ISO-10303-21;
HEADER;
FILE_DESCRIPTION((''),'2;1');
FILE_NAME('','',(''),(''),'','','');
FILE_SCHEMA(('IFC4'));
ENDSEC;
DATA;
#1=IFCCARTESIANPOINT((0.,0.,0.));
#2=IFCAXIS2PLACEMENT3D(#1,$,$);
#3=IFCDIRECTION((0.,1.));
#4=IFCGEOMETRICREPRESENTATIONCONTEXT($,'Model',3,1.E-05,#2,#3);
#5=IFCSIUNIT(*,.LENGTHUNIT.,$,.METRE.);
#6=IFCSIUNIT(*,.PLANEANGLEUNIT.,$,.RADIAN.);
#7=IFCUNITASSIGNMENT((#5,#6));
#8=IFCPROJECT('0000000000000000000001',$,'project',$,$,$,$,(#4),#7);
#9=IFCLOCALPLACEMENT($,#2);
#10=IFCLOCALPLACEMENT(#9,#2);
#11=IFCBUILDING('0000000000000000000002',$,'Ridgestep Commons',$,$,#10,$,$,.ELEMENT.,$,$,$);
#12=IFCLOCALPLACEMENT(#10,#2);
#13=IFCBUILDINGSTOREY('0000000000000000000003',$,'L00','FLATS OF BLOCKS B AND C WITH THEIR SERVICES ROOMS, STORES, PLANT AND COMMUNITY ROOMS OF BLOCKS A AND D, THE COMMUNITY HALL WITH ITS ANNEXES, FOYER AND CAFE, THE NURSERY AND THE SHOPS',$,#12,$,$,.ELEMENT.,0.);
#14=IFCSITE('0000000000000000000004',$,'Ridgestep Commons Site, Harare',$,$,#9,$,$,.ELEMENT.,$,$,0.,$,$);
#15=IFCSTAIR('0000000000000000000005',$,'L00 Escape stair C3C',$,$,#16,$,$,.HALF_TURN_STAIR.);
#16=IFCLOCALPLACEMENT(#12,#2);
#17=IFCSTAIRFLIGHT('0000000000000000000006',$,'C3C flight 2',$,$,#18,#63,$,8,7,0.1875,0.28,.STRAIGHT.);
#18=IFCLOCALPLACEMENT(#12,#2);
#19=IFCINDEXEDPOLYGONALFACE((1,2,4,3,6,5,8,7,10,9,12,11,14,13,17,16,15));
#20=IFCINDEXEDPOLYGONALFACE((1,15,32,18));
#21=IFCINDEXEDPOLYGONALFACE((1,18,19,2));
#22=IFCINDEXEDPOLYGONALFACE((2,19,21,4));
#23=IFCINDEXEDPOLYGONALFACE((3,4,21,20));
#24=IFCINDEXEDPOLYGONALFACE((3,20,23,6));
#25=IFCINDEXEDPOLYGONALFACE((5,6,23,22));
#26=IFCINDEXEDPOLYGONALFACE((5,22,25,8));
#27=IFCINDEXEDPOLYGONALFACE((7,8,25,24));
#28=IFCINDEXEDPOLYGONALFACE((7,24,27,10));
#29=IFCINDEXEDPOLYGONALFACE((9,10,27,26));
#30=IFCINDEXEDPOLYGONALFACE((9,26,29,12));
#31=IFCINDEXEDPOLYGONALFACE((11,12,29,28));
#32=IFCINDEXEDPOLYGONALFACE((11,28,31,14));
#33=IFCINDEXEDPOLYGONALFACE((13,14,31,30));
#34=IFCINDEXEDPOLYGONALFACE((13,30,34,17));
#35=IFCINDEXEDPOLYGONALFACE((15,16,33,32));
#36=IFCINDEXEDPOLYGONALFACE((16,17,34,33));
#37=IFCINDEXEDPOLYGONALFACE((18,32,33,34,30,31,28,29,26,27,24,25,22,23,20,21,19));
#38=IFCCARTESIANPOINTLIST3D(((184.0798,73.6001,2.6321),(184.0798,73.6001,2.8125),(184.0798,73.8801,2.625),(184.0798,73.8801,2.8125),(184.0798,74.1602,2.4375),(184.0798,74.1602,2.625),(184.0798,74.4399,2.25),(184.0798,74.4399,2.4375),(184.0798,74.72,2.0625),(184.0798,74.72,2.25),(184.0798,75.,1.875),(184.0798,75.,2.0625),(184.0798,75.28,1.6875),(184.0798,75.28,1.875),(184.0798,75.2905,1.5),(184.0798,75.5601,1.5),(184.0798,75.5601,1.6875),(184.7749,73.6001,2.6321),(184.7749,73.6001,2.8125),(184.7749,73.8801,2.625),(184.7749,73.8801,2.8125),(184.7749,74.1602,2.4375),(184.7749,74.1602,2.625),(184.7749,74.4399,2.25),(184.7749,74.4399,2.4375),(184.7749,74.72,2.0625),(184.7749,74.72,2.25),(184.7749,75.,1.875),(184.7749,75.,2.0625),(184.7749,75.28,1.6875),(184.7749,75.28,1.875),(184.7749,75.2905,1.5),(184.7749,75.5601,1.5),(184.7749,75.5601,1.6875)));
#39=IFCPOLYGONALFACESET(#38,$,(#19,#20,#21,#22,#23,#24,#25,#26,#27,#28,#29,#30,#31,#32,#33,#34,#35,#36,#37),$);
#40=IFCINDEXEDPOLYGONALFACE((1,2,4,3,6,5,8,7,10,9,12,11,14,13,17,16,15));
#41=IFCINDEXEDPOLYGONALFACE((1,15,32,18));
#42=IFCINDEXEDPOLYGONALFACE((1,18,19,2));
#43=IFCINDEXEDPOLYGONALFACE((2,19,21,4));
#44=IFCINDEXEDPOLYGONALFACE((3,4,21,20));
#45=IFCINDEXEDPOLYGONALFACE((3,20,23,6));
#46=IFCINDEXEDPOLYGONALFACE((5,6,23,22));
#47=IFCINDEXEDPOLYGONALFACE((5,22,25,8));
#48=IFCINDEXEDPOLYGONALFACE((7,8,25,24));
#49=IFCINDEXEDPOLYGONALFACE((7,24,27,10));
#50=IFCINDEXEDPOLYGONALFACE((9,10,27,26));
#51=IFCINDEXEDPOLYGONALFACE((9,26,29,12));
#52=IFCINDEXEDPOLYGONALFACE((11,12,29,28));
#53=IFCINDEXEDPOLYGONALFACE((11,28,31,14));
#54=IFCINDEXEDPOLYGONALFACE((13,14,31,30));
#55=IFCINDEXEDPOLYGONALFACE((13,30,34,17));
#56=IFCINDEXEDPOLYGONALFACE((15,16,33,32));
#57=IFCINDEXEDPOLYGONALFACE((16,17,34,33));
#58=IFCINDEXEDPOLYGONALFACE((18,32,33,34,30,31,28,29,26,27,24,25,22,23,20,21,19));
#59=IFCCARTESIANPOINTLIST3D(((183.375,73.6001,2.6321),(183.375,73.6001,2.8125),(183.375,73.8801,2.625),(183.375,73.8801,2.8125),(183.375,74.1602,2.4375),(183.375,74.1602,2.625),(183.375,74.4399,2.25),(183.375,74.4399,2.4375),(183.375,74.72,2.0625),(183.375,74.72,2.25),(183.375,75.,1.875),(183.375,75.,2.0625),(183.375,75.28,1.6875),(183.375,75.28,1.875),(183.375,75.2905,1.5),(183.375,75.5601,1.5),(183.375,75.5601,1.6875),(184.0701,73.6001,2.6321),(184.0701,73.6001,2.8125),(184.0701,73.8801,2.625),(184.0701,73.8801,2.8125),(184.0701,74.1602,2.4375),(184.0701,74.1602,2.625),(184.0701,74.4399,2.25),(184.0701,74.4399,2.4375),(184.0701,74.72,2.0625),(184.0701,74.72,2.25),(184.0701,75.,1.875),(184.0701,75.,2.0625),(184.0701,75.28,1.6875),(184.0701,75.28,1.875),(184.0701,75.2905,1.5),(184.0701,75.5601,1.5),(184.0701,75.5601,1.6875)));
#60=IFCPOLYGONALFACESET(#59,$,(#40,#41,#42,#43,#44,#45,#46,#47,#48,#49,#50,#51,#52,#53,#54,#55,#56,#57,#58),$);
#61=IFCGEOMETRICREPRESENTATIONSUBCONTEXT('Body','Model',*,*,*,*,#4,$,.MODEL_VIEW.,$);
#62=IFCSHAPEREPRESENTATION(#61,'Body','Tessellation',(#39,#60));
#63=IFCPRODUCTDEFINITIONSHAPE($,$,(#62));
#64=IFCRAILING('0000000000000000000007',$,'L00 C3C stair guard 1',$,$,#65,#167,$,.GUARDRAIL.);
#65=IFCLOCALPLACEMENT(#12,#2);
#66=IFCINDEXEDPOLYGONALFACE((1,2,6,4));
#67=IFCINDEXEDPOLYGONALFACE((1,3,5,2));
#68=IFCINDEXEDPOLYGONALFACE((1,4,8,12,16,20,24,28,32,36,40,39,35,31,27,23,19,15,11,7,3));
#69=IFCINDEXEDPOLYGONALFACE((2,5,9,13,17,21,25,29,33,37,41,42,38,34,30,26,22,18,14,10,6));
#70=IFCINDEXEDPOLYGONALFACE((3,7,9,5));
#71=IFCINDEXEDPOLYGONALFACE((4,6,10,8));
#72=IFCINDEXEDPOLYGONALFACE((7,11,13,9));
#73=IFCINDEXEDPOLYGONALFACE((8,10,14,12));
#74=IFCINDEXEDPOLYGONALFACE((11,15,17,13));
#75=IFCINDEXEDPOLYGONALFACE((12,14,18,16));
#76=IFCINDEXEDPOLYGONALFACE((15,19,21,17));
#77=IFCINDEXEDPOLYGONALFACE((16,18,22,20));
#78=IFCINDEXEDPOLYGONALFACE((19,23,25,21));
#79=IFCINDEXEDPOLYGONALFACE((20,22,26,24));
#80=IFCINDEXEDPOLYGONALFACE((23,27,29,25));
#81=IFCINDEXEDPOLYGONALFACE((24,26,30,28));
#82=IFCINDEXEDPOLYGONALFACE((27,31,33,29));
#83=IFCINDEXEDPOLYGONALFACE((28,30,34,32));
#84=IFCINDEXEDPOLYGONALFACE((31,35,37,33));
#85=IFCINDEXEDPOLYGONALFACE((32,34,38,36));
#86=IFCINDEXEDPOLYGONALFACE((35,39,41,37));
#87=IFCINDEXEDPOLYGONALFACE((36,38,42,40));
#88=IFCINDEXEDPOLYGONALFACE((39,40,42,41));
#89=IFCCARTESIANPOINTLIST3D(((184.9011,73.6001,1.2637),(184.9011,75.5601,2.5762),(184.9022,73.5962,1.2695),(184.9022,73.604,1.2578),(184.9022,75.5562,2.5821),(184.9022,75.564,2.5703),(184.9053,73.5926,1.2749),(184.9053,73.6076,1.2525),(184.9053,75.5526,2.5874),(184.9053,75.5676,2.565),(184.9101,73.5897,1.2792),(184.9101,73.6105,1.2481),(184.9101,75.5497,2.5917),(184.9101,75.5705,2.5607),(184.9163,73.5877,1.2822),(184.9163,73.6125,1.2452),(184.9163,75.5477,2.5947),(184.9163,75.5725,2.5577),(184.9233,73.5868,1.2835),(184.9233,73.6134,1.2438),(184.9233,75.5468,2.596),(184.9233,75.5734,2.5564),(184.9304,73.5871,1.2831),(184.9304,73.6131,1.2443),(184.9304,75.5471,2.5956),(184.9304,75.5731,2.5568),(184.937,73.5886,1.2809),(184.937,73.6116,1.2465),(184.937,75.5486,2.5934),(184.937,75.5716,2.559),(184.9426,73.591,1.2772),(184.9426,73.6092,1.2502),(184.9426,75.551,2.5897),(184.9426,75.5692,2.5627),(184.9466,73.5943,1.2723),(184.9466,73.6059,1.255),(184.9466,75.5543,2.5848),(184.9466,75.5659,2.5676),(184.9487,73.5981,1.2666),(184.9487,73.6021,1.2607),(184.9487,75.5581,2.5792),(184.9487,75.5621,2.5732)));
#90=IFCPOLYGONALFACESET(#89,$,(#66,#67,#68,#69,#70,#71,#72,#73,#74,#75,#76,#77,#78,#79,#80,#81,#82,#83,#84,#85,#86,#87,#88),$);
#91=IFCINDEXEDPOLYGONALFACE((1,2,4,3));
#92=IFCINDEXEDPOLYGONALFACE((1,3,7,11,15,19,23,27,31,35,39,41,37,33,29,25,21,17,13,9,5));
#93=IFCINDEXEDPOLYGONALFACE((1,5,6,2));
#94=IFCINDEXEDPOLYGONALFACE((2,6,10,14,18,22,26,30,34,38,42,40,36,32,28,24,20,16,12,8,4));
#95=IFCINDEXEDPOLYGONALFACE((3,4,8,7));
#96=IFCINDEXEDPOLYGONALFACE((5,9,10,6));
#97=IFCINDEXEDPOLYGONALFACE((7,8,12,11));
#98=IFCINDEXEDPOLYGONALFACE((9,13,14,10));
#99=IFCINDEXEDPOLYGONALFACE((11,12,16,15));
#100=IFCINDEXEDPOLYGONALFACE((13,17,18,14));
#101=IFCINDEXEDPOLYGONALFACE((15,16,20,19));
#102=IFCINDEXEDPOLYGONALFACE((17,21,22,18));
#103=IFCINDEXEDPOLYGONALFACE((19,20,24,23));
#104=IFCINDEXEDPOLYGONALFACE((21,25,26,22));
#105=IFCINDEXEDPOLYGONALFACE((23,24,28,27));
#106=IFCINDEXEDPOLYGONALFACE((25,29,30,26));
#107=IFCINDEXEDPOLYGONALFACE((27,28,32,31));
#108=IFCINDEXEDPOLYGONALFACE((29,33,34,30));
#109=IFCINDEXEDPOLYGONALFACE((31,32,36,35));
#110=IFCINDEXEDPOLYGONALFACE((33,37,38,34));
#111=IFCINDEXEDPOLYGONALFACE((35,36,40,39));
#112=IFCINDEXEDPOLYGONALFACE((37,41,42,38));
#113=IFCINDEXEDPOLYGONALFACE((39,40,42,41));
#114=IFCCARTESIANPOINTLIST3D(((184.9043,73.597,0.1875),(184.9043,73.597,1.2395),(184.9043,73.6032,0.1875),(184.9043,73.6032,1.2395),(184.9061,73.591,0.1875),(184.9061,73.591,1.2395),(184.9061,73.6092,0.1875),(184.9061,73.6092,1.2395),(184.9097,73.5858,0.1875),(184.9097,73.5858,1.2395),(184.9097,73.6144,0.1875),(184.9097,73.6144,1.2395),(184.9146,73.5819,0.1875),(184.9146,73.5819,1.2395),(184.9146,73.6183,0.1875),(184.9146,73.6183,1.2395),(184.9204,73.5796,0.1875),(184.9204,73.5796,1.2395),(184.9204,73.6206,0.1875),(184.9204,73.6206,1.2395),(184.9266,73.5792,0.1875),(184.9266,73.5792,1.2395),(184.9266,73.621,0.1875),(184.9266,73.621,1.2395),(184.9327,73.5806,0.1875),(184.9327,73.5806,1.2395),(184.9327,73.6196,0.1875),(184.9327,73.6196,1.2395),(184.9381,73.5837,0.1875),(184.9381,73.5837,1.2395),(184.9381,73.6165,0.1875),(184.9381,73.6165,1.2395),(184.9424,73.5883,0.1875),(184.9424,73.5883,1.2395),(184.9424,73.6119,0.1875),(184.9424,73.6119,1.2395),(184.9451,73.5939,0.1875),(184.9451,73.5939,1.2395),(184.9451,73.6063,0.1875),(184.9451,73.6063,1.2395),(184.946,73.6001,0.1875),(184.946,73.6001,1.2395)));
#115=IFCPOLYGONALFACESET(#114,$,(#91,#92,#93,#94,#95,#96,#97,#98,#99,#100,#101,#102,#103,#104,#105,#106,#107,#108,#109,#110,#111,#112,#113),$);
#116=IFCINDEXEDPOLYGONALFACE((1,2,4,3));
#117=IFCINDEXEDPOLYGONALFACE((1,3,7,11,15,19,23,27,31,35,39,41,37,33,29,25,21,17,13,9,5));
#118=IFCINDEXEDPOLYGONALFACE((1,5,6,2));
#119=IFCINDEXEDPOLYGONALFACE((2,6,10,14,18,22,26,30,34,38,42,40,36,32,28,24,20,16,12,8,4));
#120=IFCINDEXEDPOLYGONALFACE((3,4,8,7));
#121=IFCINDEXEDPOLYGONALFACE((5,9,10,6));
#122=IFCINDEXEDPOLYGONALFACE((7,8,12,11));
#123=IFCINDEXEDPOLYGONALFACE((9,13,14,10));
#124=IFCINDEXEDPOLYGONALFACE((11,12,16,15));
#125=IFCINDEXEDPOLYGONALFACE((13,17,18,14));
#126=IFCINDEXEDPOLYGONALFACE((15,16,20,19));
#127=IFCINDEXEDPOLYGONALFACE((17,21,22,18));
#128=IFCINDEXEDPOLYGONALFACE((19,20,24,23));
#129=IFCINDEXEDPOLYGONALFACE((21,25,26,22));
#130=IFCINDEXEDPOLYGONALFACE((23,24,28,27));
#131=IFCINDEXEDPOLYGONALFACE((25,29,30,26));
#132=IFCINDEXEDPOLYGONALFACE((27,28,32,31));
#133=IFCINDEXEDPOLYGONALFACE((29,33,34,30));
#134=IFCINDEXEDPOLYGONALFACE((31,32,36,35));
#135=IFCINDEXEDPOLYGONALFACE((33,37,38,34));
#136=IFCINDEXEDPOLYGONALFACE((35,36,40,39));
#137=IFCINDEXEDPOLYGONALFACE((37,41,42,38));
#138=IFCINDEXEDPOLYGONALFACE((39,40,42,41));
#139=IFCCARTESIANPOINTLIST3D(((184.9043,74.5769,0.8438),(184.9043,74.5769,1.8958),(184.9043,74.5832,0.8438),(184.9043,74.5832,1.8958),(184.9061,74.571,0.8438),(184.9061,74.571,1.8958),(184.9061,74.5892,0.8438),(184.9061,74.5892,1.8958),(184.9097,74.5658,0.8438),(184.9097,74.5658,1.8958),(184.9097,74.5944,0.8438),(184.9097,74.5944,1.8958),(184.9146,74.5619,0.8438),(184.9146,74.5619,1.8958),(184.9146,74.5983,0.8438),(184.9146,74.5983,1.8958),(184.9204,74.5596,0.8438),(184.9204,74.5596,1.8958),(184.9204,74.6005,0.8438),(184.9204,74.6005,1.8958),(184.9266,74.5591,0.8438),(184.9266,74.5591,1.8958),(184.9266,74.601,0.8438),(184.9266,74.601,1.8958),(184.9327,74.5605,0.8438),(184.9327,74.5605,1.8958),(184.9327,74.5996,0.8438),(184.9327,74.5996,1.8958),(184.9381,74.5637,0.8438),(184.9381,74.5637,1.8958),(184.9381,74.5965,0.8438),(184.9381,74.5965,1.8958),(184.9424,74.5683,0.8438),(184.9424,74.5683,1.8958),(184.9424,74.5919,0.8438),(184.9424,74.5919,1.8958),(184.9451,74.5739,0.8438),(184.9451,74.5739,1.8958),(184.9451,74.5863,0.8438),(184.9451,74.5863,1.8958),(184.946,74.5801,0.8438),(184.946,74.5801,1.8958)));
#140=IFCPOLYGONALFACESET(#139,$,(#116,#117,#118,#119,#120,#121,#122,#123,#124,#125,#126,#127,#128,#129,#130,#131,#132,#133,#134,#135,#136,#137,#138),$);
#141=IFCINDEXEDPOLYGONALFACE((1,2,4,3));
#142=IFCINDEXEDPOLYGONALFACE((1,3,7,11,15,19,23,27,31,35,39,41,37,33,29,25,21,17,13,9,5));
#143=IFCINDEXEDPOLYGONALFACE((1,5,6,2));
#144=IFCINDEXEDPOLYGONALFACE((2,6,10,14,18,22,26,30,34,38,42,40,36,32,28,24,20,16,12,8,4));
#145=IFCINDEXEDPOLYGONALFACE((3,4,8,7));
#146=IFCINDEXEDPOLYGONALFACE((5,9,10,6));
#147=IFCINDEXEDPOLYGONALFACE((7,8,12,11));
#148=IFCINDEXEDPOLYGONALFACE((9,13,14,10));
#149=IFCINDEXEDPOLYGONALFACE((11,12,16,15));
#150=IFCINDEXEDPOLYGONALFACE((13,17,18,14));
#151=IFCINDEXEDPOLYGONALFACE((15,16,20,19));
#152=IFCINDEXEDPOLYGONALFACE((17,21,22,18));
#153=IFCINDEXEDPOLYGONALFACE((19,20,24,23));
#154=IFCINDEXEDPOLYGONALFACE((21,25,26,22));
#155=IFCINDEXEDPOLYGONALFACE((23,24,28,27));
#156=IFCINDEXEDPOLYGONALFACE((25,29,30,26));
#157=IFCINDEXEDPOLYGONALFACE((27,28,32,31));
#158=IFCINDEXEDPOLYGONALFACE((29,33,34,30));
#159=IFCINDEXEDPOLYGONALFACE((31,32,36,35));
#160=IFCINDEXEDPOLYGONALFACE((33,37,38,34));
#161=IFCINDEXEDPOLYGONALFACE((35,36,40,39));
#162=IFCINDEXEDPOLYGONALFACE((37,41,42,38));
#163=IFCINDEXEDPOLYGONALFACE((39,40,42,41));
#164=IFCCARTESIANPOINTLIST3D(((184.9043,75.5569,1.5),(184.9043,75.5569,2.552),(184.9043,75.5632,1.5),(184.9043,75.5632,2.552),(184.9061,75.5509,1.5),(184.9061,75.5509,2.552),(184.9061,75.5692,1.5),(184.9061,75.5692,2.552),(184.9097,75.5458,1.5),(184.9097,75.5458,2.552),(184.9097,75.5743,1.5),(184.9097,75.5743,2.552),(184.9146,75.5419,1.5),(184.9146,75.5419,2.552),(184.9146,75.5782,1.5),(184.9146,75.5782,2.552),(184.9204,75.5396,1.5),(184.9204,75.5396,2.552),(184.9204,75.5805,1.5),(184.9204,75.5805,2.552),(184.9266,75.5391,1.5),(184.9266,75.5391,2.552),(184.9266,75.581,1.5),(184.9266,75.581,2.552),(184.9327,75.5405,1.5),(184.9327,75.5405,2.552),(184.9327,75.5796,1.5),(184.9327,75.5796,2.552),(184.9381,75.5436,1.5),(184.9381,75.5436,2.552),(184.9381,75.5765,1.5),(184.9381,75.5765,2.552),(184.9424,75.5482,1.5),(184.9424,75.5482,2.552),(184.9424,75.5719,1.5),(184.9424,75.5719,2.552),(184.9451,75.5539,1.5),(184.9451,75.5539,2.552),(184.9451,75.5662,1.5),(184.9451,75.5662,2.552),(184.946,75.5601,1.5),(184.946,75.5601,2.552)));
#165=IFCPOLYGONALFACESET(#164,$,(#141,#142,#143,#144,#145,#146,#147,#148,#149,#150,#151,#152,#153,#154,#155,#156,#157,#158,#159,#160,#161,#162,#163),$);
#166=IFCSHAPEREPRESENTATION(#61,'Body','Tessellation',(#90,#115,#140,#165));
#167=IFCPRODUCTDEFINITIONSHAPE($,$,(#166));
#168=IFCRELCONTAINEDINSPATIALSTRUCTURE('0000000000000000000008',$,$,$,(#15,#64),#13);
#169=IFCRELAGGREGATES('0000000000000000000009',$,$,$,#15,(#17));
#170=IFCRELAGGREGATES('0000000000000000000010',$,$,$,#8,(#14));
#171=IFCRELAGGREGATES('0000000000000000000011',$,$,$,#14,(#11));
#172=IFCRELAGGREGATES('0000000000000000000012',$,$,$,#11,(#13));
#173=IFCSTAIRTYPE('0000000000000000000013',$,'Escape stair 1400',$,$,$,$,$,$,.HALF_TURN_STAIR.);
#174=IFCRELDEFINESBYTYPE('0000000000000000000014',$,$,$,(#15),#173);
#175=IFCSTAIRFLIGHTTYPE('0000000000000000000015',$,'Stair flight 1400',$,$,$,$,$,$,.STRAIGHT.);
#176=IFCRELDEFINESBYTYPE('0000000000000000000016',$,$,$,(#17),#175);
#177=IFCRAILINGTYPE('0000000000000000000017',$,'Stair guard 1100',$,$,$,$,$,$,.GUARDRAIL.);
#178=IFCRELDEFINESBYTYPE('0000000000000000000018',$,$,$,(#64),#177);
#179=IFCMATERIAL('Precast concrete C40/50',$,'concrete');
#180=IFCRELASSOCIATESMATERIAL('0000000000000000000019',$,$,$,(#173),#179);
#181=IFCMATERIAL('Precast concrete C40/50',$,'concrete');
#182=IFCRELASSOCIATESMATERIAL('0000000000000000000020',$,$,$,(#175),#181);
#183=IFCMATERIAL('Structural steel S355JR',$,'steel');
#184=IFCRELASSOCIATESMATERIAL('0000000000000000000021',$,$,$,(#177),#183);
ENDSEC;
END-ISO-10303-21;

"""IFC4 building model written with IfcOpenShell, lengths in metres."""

from ifc_helpers import new_model, si_unit, direction, frame, origin, origin_2d, place, context, subcontext, project, spatial, polyline, circle, outline, extrude, material, type_object, element, aggregate, save


model = new_model("IFC4")

# Units and contexts
model_context = context("Model", 3, precision=1e-05, world=origin(), true_north=direction((0.0, 1.0)))
body_context = subcontext(model_context, "Body", "Model", "MODEL_VIEW")
ifc_project = project(units=[si_unit("LENGTHUNIT", "METRE"), si_unit("PLANEANGLEUNIT", "RADIAN")], contexts=[model_context])

# Site, building, storey
site_placement = place(None, origin())
site = spatial("IfcSite", under=ifc_project, at=site_placement, Name="Ridgestep Commons Site, Harare", CompositionType="ELEMENT", RefElevation=0.0)
building_placement = place(site_placement, origin())
building = spatial("IfcBuilding", under=site, at=building_placement, Name="Ridgestep Commons", CompositionType="ELEMENT")
storey_placement = place(building_placement, origin())
storey = spatial("IfcBuildingStorey", under=building, at=storey_placement, Name="L00", Description="FLATS OF BLOCKS B AND C WITH THEIR SERVICES ROOMS, STORES, PLANT AND COMMUNITY ROOMS OF BLOCKS A AND D, THE COMMUNITY HALL WITH ITS ANNEXES, FOYER AND CAFE, THE NURSERY AND THE SHOPS", CompositionType="ELEMENT", Elevation=0.0)

# Stair, stair flight
ifc_material_1 = material(Name="Precast concrete C40/50", Category="concrete")
stair_type = type_object("IfcStairType", Name="Escape stair 1400", PredefinedType="HALF_TURN_STAIR", material=ifc_material_1)
stair_placement = place(storey_placement, origin())
stair = element("IfcStair", 1, at=stair_placement, inside=storey, type_object=stair_type, Name="L00 Escape stair C3C", PredefinedType="HALF_TURN_STAIR")
ifc_material_2 = material(Name="Precast concrete C40/50", Category="concrete")
stair_flight_type = type_object("IfcStairFlightType", Name="Stair flight 1400", PredefinedType="STRAIGHT", material=ifc_material_2)
stair_flight_placement = place(storey_placement, frame((184.075, 75.5601, 1.5), z_axis=(0.0, 0.0, 1.0), x_axis=(0.0, -1.0, 0.0)))
stair_flight = element("IfcStairFlight", 2, at=stair_flight_placement, type_object=stair_flight_type, Name="C3C flight 2", NumberOfRisers=8, NumberOfTreads=7, PredefinedType="STRAIGHT", RiserHeight=0.1875, TreadLength=0.28, context=body_context, shape_type="SweptSolid", body=[
    extrude(outline(polyline([(0.0, 0.0), (0.0, 0.1875), (0.28, 0.1875), (0.28, 0.375), (0.5601, 0.375), (0.5601, 0.5625), (0.8401, 0.5625), (0.8401, 0.75), (1.1201, 0.75), (1.1201, 0.9375), (1.3999, 0.9375), (1.3999, 1.125), (1.6799, 1.125), (1.6799, 1.3125), (1.96, 1.3125), (1.96, 1.5), (1.96, 1.1321), (0.2695, 0.0), (0.0, 0.0)])), frame((0.0, 0.7, 0.0), z_axis=(0.0, -1.0, 0.0), x_axis=(1.0, 0.0, 0.0)), (0.0, 0.0, 1.0), 0.6951),
    extrude(outline(polyline([(0.0, 0.0), (0.0, 0.1875), (0.28, 0.1875), (0.28, 0.375), (0.5601, 0.375), (0.5601, 0.5625), (0.8401, 0.5625), (0.8401, 0.75), (1.1201, 0.75), (1.1201, 0.9375), (1.3999, 0.9375), (1.3999, 1.125), (1.6799, 1.125), (1.6799, 1.3125), (1.96, 1.3125), (1.96, 1.5), (1.96, 1.1321), (0.2695, 0.0), (0.0, 0.0)])), frame((0.0, -0.0049, 0.0), z_axis=(0.0, -1.0, 0.0), x_axis=(1.0, 0.0, 0.0)), (0.0, 0.0, 1.0), 0.6951),
])
aggregate(stair, [stair_flight])

# Railing
ifc_material_3 = material(Name="Structural steel S355JR", Category="steel")
railing_type = type_object("IfcRailingType", Name="Stair guard 1100", PredefinedType="GUARDRAIL", material=ifc_material_3)
railing_1_placement = place(storey_placement, frame((184.925, 73.6001, 0.1875)))
element("IfcRailing", 3, at=railing_1_placement, inside=storey, type_object=railing_type, Name="L00 C3C stair guard 1", PredefinedType="GUARDRAIL", context=body_context, shape_type="SweptSolid", body=[
    extrude(circle(Radius=0.0239, at=origin_2d()), frame((0.0, 0.0, 1.0762), z_axis=(0.0, 0.830902, 0.556419), x_axis=(-1.0, 0.0, 0.0)), (0.0, 0.0, 1.0), 2.3589),
    extrude(circle(Radius=0.021, at=origin_2d()), origin(), (0.0, 0.0, 1.0), 1.052),
    extrude(circle(Radius=0.021, at=origin_2d()), frame((0.0, 0.98, 0.6562)), (0.0, 0.0, 1.0), 1.052),
    extrude(circle(Radius=0.021, at=origin_2d()), frame((0.0, 1.96, 1.3125)), (0.0, 0.0, 1.0), 1.052),
])

save(model, "model.ifc")
